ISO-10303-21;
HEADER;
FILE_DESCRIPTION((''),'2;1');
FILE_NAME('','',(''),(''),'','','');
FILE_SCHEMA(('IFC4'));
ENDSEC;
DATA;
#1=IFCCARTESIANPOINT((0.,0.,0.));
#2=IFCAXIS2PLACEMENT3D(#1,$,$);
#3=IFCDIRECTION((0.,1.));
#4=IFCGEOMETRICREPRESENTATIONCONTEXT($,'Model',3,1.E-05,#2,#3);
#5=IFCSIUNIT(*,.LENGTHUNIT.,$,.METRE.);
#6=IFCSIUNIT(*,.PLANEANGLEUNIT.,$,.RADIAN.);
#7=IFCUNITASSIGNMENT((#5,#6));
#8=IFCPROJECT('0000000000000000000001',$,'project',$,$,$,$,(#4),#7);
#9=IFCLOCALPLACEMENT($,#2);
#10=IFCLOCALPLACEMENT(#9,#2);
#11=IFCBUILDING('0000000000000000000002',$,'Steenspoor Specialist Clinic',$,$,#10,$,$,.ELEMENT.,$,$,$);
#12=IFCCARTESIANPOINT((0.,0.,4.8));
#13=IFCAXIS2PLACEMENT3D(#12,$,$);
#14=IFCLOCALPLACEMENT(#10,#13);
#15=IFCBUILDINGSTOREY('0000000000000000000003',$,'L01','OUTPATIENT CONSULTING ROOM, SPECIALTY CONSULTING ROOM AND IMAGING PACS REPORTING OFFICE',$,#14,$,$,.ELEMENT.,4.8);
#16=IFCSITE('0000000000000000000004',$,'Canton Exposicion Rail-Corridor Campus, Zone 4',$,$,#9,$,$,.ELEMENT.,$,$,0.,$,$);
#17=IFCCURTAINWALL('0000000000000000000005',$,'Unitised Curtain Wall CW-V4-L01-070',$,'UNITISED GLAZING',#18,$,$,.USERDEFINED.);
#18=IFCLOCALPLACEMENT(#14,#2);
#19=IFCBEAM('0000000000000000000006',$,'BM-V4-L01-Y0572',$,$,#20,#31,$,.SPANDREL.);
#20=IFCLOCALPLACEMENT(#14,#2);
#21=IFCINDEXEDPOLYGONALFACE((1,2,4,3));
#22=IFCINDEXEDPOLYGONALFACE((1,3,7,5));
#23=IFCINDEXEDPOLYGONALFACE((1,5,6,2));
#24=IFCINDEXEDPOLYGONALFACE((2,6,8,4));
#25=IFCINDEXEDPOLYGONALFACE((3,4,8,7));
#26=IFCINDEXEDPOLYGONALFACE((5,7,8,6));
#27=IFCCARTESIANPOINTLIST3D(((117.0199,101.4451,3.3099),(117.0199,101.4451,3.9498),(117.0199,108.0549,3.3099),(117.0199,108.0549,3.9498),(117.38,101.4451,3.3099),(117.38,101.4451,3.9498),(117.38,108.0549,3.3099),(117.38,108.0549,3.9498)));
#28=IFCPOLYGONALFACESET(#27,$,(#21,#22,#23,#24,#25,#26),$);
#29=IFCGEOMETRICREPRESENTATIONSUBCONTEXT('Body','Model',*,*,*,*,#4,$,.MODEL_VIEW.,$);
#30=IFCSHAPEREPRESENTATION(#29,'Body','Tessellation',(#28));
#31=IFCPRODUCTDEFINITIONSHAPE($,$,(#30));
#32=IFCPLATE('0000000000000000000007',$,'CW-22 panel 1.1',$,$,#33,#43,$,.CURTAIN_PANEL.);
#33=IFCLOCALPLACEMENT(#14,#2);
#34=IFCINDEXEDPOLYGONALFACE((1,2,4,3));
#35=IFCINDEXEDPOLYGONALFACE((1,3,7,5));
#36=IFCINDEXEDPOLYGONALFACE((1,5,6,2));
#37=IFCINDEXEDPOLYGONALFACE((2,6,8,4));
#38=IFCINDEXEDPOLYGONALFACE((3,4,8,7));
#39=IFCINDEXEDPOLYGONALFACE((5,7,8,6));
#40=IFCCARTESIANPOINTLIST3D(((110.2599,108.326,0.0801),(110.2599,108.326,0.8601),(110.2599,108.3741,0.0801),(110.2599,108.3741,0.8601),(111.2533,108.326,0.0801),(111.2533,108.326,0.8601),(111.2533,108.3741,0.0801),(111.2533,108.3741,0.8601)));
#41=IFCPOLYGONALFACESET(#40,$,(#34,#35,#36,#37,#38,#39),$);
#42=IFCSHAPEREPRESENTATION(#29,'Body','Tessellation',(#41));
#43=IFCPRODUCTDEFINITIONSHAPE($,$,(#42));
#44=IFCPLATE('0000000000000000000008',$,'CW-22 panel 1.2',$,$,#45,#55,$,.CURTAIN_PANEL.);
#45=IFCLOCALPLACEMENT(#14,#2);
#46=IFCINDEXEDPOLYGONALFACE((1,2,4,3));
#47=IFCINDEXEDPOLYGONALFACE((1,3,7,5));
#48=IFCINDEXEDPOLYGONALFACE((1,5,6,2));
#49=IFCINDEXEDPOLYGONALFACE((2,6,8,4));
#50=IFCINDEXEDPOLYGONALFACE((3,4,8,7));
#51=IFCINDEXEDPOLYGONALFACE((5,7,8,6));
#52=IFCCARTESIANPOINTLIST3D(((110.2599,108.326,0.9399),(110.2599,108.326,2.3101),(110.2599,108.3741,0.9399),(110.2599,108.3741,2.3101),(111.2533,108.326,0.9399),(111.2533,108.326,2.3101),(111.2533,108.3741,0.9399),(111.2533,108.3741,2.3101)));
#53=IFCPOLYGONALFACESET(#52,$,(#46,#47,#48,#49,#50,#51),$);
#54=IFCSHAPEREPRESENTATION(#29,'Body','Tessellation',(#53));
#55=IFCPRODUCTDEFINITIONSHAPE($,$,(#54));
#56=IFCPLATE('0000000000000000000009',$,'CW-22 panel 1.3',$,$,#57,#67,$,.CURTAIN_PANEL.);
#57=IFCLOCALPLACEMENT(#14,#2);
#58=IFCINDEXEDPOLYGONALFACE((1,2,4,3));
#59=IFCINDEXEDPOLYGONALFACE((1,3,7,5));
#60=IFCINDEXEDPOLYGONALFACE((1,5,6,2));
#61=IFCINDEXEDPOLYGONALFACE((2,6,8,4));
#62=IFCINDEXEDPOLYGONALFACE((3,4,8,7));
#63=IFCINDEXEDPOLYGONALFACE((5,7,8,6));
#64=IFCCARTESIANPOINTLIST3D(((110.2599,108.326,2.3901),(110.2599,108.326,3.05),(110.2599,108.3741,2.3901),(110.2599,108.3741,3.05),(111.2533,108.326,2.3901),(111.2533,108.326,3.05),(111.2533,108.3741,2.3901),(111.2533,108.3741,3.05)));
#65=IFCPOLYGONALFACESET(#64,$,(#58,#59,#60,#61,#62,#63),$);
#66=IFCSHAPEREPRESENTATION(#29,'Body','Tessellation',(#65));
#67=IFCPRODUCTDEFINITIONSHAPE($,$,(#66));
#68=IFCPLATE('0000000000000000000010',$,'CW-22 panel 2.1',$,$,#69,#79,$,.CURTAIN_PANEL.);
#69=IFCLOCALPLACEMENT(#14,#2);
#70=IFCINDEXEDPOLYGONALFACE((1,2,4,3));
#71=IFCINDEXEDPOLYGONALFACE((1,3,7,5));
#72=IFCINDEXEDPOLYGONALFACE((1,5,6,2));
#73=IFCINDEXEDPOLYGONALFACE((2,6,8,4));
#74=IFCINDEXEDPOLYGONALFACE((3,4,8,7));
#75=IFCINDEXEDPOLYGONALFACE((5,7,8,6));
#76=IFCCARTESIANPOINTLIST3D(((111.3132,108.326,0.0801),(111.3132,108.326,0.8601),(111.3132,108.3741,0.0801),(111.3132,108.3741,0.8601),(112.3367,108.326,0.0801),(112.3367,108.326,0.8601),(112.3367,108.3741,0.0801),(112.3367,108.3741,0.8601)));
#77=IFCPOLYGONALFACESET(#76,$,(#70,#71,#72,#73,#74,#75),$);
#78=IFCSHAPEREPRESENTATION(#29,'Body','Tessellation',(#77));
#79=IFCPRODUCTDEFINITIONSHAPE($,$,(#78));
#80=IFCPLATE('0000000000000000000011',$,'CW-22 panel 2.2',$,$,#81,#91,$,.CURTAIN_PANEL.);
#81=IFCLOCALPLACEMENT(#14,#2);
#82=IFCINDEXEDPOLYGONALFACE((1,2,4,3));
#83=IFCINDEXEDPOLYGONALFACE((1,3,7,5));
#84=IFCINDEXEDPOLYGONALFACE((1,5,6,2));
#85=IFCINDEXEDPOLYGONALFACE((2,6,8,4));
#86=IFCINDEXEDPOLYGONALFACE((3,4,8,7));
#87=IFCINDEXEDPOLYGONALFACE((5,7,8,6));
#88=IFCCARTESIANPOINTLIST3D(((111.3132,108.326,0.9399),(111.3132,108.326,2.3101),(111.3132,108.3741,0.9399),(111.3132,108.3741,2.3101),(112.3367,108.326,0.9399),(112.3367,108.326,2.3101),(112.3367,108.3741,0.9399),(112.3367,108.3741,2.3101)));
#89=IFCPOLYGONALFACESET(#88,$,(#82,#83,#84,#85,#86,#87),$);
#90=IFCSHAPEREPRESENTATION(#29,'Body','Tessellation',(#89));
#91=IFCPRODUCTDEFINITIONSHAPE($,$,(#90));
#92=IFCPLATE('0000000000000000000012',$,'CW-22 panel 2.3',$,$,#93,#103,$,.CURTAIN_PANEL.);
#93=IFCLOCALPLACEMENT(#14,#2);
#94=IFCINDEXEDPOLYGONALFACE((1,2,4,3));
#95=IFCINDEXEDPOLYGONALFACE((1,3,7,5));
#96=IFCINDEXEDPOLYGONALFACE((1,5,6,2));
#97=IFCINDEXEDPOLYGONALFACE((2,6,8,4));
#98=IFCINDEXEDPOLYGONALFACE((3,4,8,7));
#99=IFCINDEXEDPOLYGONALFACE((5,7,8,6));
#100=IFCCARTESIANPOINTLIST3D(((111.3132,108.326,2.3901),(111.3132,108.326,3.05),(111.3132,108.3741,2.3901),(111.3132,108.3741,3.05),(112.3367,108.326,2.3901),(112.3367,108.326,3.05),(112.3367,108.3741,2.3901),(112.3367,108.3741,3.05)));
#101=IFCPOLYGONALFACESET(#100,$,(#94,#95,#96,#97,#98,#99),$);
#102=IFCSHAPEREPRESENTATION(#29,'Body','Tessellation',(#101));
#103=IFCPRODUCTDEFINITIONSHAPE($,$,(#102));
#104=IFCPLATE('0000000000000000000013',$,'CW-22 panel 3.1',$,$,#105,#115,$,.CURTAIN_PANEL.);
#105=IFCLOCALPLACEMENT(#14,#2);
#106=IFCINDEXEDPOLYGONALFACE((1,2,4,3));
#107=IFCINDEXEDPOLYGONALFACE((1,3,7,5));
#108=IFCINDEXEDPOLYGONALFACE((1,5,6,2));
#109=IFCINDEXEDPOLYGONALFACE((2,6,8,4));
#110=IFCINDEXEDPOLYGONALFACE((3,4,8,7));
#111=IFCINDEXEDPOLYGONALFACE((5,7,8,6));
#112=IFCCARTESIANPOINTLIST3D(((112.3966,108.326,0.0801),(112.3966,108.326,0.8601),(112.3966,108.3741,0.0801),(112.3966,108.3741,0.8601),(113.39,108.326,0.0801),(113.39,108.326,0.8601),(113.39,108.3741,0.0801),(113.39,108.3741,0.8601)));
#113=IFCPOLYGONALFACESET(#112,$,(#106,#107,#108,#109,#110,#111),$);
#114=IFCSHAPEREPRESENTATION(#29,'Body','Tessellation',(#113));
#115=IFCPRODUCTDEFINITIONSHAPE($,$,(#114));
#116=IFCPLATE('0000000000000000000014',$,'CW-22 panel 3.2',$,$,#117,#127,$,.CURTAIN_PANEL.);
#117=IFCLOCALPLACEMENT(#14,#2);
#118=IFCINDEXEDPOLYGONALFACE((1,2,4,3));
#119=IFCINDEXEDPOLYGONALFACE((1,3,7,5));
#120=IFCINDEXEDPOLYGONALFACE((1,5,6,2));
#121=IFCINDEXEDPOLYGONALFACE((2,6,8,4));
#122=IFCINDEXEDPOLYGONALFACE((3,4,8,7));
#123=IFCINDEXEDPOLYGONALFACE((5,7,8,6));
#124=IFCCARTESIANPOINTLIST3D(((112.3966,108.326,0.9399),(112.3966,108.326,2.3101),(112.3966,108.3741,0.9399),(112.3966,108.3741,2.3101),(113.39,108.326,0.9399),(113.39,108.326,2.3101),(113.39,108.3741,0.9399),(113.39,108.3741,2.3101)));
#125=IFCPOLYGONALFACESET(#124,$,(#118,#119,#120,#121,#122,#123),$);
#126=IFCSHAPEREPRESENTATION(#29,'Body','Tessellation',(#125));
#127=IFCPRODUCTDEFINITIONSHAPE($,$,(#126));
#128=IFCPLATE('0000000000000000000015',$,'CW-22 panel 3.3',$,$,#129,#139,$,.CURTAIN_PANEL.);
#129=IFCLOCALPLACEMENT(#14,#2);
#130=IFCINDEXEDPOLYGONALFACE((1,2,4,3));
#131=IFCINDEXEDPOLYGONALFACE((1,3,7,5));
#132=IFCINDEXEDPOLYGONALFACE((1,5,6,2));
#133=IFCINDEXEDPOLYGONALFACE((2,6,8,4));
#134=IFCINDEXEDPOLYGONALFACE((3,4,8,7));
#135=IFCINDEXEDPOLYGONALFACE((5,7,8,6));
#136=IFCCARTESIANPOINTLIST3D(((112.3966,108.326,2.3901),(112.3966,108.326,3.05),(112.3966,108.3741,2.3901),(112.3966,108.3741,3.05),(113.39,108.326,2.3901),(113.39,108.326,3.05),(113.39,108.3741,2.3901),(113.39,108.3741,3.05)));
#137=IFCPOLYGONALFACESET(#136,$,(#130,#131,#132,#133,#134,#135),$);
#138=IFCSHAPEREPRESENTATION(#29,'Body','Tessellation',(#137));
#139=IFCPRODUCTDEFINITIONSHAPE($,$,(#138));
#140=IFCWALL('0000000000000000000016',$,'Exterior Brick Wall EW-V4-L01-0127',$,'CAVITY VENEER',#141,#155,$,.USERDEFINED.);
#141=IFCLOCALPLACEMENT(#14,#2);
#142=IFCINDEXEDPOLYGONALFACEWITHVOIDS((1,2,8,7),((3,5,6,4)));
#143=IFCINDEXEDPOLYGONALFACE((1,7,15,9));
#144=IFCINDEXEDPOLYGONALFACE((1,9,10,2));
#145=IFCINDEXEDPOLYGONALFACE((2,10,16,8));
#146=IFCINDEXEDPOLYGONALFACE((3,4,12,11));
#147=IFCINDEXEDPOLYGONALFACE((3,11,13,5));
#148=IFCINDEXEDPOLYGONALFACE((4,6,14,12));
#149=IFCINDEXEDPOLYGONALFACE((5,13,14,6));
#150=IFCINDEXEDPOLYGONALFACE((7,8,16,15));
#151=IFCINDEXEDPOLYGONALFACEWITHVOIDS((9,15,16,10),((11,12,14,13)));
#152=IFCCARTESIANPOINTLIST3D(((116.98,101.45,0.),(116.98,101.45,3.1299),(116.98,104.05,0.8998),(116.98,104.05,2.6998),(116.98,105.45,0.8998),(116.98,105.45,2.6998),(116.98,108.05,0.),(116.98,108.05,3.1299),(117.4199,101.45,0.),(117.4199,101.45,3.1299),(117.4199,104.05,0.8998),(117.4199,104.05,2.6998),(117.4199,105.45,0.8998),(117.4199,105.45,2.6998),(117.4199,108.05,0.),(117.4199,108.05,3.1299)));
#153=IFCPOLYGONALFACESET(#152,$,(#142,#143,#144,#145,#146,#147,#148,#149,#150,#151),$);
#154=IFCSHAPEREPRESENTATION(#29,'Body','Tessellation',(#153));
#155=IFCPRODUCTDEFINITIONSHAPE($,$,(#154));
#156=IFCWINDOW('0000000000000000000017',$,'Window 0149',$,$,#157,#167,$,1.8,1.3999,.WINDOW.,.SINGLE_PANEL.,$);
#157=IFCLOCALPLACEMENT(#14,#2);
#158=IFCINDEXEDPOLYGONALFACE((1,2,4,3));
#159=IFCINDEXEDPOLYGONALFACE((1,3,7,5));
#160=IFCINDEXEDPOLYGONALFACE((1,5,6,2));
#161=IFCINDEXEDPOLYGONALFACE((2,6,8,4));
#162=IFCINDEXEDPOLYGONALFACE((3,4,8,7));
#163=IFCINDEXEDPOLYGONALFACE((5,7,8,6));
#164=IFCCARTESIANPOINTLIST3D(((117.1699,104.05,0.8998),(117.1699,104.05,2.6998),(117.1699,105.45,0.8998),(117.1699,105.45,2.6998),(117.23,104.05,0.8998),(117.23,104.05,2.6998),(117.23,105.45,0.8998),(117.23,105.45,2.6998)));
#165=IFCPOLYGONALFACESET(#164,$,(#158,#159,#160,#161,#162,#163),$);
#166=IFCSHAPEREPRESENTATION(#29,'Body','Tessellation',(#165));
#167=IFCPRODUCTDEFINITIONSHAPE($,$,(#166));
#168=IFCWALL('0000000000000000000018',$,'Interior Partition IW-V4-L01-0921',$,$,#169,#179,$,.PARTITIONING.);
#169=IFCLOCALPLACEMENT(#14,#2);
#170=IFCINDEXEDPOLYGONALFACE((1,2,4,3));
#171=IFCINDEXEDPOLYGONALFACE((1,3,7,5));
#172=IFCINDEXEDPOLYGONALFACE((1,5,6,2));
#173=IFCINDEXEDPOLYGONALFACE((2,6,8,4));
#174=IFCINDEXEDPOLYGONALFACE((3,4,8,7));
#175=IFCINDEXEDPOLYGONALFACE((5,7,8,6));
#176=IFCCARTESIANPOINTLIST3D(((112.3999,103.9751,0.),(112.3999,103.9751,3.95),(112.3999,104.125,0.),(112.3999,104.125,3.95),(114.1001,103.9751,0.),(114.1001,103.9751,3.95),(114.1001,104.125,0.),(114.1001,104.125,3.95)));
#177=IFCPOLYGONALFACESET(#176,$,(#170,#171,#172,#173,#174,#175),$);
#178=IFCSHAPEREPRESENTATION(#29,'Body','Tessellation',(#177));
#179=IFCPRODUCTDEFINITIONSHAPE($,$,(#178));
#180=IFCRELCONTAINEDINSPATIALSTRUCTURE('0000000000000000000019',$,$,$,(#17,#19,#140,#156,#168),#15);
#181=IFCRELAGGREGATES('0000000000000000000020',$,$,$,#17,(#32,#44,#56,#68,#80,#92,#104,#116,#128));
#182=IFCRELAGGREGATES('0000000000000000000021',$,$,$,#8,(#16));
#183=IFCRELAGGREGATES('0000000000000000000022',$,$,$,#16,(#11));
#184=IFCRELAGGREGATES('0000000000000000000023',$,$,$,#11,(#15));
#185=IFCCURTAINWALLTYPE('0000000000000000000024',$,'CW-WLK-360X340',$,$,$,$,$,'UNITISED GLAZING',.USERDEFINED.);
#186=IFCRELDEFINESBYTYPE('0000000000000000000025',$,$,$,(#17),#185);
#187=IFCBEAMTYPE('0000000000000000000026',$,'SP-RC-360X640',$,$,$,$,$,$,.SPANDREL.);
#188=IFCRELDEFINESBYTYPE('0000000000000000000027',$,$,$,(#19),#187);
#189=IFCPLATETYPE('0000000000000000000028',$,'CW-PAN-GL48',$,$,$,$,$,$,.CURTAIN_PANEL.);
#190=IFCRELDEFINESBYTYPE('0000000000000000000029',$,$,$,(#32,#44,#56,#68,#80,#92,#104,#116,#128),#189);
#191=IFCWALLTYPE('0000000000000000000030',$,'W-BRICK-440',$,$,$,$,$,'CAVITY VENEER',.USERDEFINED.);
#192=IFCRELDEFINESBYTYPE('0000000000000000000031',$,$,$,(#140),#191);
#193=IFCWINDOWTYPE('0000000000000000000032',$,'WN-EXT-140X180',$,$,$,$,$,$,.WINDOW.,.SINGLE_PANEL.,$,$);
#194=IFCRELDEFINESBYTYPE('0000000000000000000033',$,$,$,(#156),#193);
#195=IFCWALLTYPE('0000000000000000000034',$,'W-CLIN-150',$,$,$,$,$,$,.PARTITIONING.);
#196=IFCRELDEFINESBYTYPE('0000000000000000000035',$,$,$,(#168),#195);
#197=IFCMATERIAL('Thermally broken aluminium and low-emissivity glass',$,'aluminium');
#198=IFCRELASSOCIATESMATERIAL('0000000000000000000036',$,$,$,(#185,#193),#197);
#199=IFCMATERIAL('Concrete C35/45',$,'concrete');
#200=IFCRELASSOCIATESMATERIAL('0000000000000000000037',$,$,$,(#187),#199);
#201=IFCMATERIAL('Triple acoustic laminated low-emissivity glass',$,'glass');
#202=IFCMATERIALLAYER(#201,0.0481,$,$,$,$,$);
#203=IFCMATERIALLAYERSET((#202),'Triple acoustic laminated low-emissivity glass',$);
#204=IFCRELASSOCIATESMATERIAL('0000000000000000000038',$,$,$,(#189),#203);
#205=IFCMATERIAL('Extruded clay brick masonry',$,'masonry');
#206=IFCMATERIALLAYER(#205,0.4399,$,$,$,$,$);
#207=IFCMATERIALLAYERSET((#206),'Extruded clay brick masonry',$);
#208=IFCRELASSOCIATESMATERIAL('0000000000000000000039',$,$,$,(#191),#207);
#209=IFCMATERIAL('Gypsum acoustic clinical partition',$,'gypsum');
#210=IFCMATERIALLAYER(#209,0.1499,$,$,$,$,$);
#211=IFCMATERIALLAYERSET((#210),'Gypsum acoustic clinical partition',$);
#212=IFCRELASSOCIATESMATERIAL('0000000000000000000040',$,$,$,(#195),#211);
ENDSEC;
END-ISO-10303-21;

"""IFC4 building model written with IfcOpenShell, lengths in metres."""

from ifc_helpers import new_model, si_unit, direction, frame, frame_2d, origin, origin_2d, place, context, subcontext, project, spatial, rectangle, extrude, material, layer, layer_set, material_profile, profile_set, type_object, element, fill, aggregate, save


model = new_model("IFC4")

# Units and contexts
model_context = context("Model", 3, precision=1e-05, world=origin(), true_north=direction((0.0, 1.0)))
body_context = subcontext(model_context, "Body", "Model", "MODEL_VIEW")
ifc_project = project(units=[si_unit("LENGTHUNIT", "METRE"), si_unit("PLANEANGLEUNIT", "RADIAN")], contexts=[model_context])

# Site, building, storey
site_placement = place(None, origin())
site = spatial("IfcSite", under=ifc_project, at=site_placement, Name="Canton Exposicion Rail-Corridor Campus, Zone 4", CompositionType="ELEMENT", RefElevation=0.0)
building_placement = place(site_placement, origin())
building = spatial("IfcBuilding", under=site, at=building_placement, Name="Steenspoor Specialist Clinic", CompositionType="ELEMENT")
storey_placement = place(building_placement, frame((0.0, 0.0, 4.8)))
storey = spatial("IfcBuildingStorey", under=building, at=storey_placement, Name="L01", Description="OUTPATIENT CONSULTING ROOM, SPECIALTY CONSULTING ROOM AND IMAGING PACS REPORTING OFFICE", CompositionType="ELEMENT", Elevation=4.8)

# Curtain wall
ifc_material_1 = material(Name="Thermally broken aluminium and low-emissivity glass", Category="aluminium")
curtain_wall_type = type_object("IfcCurtainWallType", Name="CW-WLK-360X340", ElementType="UNITISED GLAZING", PredefinedType="USERDEFINED", material=ifc_material_1)
curtain_wall_placement = place(storey_placement, origin())
curtain_wall = element("IfcCurtainWall", 1, at=curtain_wall_placement, inside=storey, type_object=curtain_wall_type, Name="Unitised Curtain Wall CW-V4-L01-070", ObjectType="UNITISED GLAZING", PredefinedType="USERDEFINED")

# Beam
ifc_material_2 = material(Name="Concrete C35/45", Category="concrete")
ifc_material_profile_1 = material_profile(ifc_material_2, rectangle(XDim=0.3601, YDim=0.6399, at=origin_2d()), Name="RC-SP-360X640")
ifc_profile_set_1 = profile_set([ifc_material_profile_1], Name="Concrete C35/45")
beam_type = type_object("IfcBeamType", Name="SP-RC-360X640", PredefinedType="SPANDREL", material=ifc_profile_set_1)
beam_placement = place(storey_placement, frame((117.2, 101.4451, 3.6299), z_axis=(0.0, 1.0, 0.0), x_axis=(-1.0, 0.0, 0.0)))
element("IfcBeam", 2, at=beam_placement, inside=storey, type_object=beam_type, Name="BM-V4-L01-Y0572", PredefinedType="SPANDREL", context=body_context, shape_type="SweptSolid", body=[
    extrude(rectangle(XDim=0.3601, YDim=0.6399, at=origin_2d()), origin(), (0.0, 0.0, 1.0), 6.6099),
])

# Plates
ifc_material_3 = material(Name="Triple acoustic laminated low-emissivity glass", Category="glass")
ifc_layer_1 = layer(ifc_material_3, 0.0481)
ifc_layer_set_1 = layer_set([ifc_layer_1], Name="Triple acoustic laminated low-emissivity glass")
plate_type = type_object("IfcPlateType", Name="CW-PAN-GL48", PredefinedType="CURTAIN_PANEL", material=ifc_layer_set_1)
plate_1_placement = place(storey_placement, frame((110.7566, 108.3501, 0.0801), z_axis=(0.0, 0.0, 1.0), x_axis=(1.0, 0.0, 0.0)))
plate_1 = element("IfcPlate", 3, at=plate_1_placement, type_object=plate_type, Name="CW-22 panel 1.1", PredefinedType="CURTAIN_PANEL", context=body_context, shape_type="SweptSolid", body=[
    extrude(rectangle(XDim=0.9934, YDim=0.0481, at=origin_2d()), origin(), (0.0, 0.0, 1.0), 0.78),
])
plate_2_placement = place(storey_placement, frame((110.7566, 108.3501, 0.9399), z_axis=(0.0, 0.0, 1.0), x_axis=(1.0, 0.0, 0.0)))
plate_2 = element("IfcPlate", 4, at=plate_2_placement, type_object=plate_type, Name="CW-22 panel 1.2", PredefinedType="CURTAIN_PANEL", context=body_context, shape_type="SweptSolid", body=[
    extrude(rectangle(XDim=0.9934, YDim=0.0481, at=origin_2d()), origin(), (0.0, 0.0, 1.0), 1.3701),
])
plate_3_placement = place(storey_placement, frame((110.7566, 108.3501, 2.3901), z_axis=(0.0, 0.0, 1.0), x_axis=(1.0, 0.0, 0.0)))
plate_3 = element("IfcPlate", 5, at=plate_3_placement, type_object=plate_type, Name="CW-22 panel 1.3", PredefinedType="CURTAIN_PANEL", context=body_context, shape_type="SweptSolid", body=[
    extrude(rectangle(XDim=0.9934, YDim=0.0481, at=origin_2d()), origin(), (0.0, 0.0, 1.0), 0.6599),
])
plate_4_placement = place(storey_placement, frame((111.825, 108.3501, 0.0801), z_axis=(0.0, 0.0, 1.0), x_axis=(1.0, 0.0, 0.0)))
plate_4 = element("IfcPlate", 6, at=plate_4_placement, type_object=plate_type, Name="CW-22 panel 2.1", PredefinedType="CURTAIN_PANEL", context=body_context, shape_type="SweptSolid", body=[
    extrude(rectangle(XDim=1.0234, YDim=0.0481, at=origin_2d()), origin(), (0.0, 0.0, 1.0), 0.78),
])
plate_5_placement = place(storey_placement, frame((111.825, 108.3501, 0.9399), z_axis=(0.0, 0.0, 1.0), x_axis=(1.0, 0.0, 0.0)))
plate_5 = element("IfcPlate", 7, at=plate_5_placement, type_object=plate_type, Name="CW-22 panel 2.2", PredefinedType="CURTAIN_PANEL", context=body_context, shape_type="SweptSolid", body=[
    extrude(rectangle(XDim=1.0234, YDim=0.0481, at=origin_2d()), origin(), (0.0, 0.0, 1.0), 1.3701),
])
plate_6_placement = place(storey_placement, frame((111.825, 108.3501, 2.3901), z_axis=(0.0, 0.0, 1.0), x_axis=(1.0, 0.0, 0.0)))
plate_6 = element("IfcPlate", 8, at=plate_6_placement, type_object=plate_type, Name="CW-22 panel 2.3", PredefinedType="CURTAIN_PANEL", context=body_context, shape_type="SweptSolid", body=[
    extrude(rectangle(XDim=1.0234, YDim=0.0481, at=origin_2d()), origin(), (0.0, 0.0, 1.0), 0.6599),
])
plate_7_placement = place(storey_placement, frame((112.8933, 108.3501, 0.0801), z_axis=(0.0, 0.0, 1.0), x_axis=(1.0, 0.0, 0.0)))
plate_7 = element("IfcPlate", 9, at=plate_7_placement, type_object=plate_type, Name="CW-22 panel 3.1", PredefinedType="CURTAIN_PANEL", context=body_context, shape_type="SweptSolid", body=[
    extrude(rectangle(XDim=0.9934, YDim=0.0481, at=origin_2d()), origin(), (0.0, 0.0, 1.0), 0.78),
])
plate_8_placement = place(storey_placement, frame((112.8933, 108.3501, 0.9399), z_axis=(0.0, 0.0, 1.0), x_axis=(1.0, 0.0, 0.0)))
plate_8 = element("IfcPlate", 10, at=plate_8_placement, type_object=plate_type, Name="CW-22 panel 3.2", PredefinedType="CURTAIN_PANEL", context=body_context, shape_type="SweptSolid", body=[
    extrude(rectangle(XDim=0.9934, YDim=0.0481, at=origin_2d()), origin(), (0.0, 0.0, 1.0), 1.3701),
])
plate_9_placement = place(storey_placement, frame((112.8933, 108.3501, 2.3901), z_axis=(0.0, 0.0, 1.0), x_axis=(1.0, 0.0, 0.0)))
plate_9 = element("IfcPlate", 11, at=plate_9_placement, type_object=plate_type, Name="CW-22 panel 3.3", PredefinedType="CURTAIN_PANEL", context=body_context, shape_type="SweptSolid", body=[
    extrude(rectangle(XDim=0.9934, YDim=0.0481, at=origin_2d()), origin(), (0.0, 0.0, 1.0), 0.6599),
])
aggregate(curtain_wall, [plate_1, plate_2, plate_3, plate_4, plate_5, plate_6, plate_7, plate_8, plate_9])

# Wall, opening, window
ifc_material_4 = material(Name="Extruded clay brick masonry", Category="masonry")
ifc_layer_2 = layer(ifc_material_4, 0.4399)
ifc_layer_set_2 = layer_set([ifc_layer_2], Name="Extruded clay brick masonry")
wall_type_1 = type_object("IfcWallType", Name="W-BRICK-440", ElementType="CAVITY VENEER", PredefinedType="USERDEFINED", material=ifc_layer_set_2)
wall_1_placement = place(storey_placement, frame((117.2, 108.05, 0.0), z_axis=(0.0, 0.0, 1.0), x_axis=(0.0, -1.0, 0.0)))
wall_1 = element("IfcWall", 12, at=wall_1_placement, inside=storey, type_object=wall_type_1, Name="Exterior Brick Wall EW-V4-L01-0127", ObjectType="CAVITY VENEER", PredefinedType="USERDEFINED", context=body_context, shape_type="SweptSolid", body=[
    extrude(rectangle(XDim=6.6001, YDim=0.4399, at=frame_2d((3.3, 0.0))), origin(), (0.0, 0.0, 1.0), 3.1299),
])
opening_1_placement = place(wall_1_placement, frame((2.6001, 0.0, 0.8999)))
opening_1 = element("IfcOpeningElement", 13, at=opening_1_placement, cuts=wall_1, PredefinedType="OPENING", context=body_context, shape_type="SweptSolid", body=[
    extrude(rectangle(XDim=1.3999, YDim=1.8, at=frame_2d((0.7, 0.8999))), frame((0.0, 0.23, 0.0), z_axis=(0.0, -1.0, 0.0), x_axis=(1.0, 0.0, 0.0)), (0.0, 0.0, 1.0), 0.46),
])
window_type_1 = type_object("IfcWindowType", Name="WN-EXT-140X180", PartitioningType="SINGLE_PANEL", PredefinedType="WINDOW", material=ifc_material_1)
window_1_placement = place(opening_1_placement, origin())
window_1 = element("IfcWindow", 14, at=window_1_placement, inside=storey, type_object=window_type_1, Name="Window 0149", OverallHeight=1.8, OverallWidth=1.3999, PartitioningType="SINGLE_PANEL", PredefinedType="WINDOW", context=body_context, shape_type="SweptSolid", body=[
    extrude(rectangle(XDim=1.3999, YDim=1.8, at=frame_2d((0.7, 0.8999))), frame((0.0, 0.03, 0.0), z_axis=(0.0, -1.0, 0.0), x_axis=(1.0, 0.0, 0.0)), (0.0, 0.0, 1.0), 0.0601),
])
fill(opening_1, window_1)

# Wall
ifc_material_5 = material(Name="Gypsum acoustic clinical partition", Category="gypsum")
ifc_layer_3 = layer(ifc_material_5, 0.1499)
ifc_layer_set_3 = layer_set([ifc_layer_3], Name="Gypsum acoustic clinical partition")
wall_type_2 = type_object("IfcWallType", Name="W-CLIN-150", PredefinedType="PARTITIONING", material=ifc_layer_set_3)
wall_2_placement = place(storey_placement, frame((112.3999, 104.05, 0.0), z_axis=(0.0, 0.0, 1.0), x_axis=(1.0, 0.0, 0.0)))
element("IfcWall", 15, at=wall_2_placement, inside=storey, type_object=wall_type_2, Name="Interior Partition IW-V4-L01-0921", PredefinedType="PARTITIONING", context=body_context, shape_type="SweptSolid", body=[
    extrude(rectangle(XDim=1.7002, YDim=0.1499, at=frame_2d((0.8501, 0.0))), origin(), (0.0, 0.0, 1.0), 3.95),
])

save(model, "model.ifc")
